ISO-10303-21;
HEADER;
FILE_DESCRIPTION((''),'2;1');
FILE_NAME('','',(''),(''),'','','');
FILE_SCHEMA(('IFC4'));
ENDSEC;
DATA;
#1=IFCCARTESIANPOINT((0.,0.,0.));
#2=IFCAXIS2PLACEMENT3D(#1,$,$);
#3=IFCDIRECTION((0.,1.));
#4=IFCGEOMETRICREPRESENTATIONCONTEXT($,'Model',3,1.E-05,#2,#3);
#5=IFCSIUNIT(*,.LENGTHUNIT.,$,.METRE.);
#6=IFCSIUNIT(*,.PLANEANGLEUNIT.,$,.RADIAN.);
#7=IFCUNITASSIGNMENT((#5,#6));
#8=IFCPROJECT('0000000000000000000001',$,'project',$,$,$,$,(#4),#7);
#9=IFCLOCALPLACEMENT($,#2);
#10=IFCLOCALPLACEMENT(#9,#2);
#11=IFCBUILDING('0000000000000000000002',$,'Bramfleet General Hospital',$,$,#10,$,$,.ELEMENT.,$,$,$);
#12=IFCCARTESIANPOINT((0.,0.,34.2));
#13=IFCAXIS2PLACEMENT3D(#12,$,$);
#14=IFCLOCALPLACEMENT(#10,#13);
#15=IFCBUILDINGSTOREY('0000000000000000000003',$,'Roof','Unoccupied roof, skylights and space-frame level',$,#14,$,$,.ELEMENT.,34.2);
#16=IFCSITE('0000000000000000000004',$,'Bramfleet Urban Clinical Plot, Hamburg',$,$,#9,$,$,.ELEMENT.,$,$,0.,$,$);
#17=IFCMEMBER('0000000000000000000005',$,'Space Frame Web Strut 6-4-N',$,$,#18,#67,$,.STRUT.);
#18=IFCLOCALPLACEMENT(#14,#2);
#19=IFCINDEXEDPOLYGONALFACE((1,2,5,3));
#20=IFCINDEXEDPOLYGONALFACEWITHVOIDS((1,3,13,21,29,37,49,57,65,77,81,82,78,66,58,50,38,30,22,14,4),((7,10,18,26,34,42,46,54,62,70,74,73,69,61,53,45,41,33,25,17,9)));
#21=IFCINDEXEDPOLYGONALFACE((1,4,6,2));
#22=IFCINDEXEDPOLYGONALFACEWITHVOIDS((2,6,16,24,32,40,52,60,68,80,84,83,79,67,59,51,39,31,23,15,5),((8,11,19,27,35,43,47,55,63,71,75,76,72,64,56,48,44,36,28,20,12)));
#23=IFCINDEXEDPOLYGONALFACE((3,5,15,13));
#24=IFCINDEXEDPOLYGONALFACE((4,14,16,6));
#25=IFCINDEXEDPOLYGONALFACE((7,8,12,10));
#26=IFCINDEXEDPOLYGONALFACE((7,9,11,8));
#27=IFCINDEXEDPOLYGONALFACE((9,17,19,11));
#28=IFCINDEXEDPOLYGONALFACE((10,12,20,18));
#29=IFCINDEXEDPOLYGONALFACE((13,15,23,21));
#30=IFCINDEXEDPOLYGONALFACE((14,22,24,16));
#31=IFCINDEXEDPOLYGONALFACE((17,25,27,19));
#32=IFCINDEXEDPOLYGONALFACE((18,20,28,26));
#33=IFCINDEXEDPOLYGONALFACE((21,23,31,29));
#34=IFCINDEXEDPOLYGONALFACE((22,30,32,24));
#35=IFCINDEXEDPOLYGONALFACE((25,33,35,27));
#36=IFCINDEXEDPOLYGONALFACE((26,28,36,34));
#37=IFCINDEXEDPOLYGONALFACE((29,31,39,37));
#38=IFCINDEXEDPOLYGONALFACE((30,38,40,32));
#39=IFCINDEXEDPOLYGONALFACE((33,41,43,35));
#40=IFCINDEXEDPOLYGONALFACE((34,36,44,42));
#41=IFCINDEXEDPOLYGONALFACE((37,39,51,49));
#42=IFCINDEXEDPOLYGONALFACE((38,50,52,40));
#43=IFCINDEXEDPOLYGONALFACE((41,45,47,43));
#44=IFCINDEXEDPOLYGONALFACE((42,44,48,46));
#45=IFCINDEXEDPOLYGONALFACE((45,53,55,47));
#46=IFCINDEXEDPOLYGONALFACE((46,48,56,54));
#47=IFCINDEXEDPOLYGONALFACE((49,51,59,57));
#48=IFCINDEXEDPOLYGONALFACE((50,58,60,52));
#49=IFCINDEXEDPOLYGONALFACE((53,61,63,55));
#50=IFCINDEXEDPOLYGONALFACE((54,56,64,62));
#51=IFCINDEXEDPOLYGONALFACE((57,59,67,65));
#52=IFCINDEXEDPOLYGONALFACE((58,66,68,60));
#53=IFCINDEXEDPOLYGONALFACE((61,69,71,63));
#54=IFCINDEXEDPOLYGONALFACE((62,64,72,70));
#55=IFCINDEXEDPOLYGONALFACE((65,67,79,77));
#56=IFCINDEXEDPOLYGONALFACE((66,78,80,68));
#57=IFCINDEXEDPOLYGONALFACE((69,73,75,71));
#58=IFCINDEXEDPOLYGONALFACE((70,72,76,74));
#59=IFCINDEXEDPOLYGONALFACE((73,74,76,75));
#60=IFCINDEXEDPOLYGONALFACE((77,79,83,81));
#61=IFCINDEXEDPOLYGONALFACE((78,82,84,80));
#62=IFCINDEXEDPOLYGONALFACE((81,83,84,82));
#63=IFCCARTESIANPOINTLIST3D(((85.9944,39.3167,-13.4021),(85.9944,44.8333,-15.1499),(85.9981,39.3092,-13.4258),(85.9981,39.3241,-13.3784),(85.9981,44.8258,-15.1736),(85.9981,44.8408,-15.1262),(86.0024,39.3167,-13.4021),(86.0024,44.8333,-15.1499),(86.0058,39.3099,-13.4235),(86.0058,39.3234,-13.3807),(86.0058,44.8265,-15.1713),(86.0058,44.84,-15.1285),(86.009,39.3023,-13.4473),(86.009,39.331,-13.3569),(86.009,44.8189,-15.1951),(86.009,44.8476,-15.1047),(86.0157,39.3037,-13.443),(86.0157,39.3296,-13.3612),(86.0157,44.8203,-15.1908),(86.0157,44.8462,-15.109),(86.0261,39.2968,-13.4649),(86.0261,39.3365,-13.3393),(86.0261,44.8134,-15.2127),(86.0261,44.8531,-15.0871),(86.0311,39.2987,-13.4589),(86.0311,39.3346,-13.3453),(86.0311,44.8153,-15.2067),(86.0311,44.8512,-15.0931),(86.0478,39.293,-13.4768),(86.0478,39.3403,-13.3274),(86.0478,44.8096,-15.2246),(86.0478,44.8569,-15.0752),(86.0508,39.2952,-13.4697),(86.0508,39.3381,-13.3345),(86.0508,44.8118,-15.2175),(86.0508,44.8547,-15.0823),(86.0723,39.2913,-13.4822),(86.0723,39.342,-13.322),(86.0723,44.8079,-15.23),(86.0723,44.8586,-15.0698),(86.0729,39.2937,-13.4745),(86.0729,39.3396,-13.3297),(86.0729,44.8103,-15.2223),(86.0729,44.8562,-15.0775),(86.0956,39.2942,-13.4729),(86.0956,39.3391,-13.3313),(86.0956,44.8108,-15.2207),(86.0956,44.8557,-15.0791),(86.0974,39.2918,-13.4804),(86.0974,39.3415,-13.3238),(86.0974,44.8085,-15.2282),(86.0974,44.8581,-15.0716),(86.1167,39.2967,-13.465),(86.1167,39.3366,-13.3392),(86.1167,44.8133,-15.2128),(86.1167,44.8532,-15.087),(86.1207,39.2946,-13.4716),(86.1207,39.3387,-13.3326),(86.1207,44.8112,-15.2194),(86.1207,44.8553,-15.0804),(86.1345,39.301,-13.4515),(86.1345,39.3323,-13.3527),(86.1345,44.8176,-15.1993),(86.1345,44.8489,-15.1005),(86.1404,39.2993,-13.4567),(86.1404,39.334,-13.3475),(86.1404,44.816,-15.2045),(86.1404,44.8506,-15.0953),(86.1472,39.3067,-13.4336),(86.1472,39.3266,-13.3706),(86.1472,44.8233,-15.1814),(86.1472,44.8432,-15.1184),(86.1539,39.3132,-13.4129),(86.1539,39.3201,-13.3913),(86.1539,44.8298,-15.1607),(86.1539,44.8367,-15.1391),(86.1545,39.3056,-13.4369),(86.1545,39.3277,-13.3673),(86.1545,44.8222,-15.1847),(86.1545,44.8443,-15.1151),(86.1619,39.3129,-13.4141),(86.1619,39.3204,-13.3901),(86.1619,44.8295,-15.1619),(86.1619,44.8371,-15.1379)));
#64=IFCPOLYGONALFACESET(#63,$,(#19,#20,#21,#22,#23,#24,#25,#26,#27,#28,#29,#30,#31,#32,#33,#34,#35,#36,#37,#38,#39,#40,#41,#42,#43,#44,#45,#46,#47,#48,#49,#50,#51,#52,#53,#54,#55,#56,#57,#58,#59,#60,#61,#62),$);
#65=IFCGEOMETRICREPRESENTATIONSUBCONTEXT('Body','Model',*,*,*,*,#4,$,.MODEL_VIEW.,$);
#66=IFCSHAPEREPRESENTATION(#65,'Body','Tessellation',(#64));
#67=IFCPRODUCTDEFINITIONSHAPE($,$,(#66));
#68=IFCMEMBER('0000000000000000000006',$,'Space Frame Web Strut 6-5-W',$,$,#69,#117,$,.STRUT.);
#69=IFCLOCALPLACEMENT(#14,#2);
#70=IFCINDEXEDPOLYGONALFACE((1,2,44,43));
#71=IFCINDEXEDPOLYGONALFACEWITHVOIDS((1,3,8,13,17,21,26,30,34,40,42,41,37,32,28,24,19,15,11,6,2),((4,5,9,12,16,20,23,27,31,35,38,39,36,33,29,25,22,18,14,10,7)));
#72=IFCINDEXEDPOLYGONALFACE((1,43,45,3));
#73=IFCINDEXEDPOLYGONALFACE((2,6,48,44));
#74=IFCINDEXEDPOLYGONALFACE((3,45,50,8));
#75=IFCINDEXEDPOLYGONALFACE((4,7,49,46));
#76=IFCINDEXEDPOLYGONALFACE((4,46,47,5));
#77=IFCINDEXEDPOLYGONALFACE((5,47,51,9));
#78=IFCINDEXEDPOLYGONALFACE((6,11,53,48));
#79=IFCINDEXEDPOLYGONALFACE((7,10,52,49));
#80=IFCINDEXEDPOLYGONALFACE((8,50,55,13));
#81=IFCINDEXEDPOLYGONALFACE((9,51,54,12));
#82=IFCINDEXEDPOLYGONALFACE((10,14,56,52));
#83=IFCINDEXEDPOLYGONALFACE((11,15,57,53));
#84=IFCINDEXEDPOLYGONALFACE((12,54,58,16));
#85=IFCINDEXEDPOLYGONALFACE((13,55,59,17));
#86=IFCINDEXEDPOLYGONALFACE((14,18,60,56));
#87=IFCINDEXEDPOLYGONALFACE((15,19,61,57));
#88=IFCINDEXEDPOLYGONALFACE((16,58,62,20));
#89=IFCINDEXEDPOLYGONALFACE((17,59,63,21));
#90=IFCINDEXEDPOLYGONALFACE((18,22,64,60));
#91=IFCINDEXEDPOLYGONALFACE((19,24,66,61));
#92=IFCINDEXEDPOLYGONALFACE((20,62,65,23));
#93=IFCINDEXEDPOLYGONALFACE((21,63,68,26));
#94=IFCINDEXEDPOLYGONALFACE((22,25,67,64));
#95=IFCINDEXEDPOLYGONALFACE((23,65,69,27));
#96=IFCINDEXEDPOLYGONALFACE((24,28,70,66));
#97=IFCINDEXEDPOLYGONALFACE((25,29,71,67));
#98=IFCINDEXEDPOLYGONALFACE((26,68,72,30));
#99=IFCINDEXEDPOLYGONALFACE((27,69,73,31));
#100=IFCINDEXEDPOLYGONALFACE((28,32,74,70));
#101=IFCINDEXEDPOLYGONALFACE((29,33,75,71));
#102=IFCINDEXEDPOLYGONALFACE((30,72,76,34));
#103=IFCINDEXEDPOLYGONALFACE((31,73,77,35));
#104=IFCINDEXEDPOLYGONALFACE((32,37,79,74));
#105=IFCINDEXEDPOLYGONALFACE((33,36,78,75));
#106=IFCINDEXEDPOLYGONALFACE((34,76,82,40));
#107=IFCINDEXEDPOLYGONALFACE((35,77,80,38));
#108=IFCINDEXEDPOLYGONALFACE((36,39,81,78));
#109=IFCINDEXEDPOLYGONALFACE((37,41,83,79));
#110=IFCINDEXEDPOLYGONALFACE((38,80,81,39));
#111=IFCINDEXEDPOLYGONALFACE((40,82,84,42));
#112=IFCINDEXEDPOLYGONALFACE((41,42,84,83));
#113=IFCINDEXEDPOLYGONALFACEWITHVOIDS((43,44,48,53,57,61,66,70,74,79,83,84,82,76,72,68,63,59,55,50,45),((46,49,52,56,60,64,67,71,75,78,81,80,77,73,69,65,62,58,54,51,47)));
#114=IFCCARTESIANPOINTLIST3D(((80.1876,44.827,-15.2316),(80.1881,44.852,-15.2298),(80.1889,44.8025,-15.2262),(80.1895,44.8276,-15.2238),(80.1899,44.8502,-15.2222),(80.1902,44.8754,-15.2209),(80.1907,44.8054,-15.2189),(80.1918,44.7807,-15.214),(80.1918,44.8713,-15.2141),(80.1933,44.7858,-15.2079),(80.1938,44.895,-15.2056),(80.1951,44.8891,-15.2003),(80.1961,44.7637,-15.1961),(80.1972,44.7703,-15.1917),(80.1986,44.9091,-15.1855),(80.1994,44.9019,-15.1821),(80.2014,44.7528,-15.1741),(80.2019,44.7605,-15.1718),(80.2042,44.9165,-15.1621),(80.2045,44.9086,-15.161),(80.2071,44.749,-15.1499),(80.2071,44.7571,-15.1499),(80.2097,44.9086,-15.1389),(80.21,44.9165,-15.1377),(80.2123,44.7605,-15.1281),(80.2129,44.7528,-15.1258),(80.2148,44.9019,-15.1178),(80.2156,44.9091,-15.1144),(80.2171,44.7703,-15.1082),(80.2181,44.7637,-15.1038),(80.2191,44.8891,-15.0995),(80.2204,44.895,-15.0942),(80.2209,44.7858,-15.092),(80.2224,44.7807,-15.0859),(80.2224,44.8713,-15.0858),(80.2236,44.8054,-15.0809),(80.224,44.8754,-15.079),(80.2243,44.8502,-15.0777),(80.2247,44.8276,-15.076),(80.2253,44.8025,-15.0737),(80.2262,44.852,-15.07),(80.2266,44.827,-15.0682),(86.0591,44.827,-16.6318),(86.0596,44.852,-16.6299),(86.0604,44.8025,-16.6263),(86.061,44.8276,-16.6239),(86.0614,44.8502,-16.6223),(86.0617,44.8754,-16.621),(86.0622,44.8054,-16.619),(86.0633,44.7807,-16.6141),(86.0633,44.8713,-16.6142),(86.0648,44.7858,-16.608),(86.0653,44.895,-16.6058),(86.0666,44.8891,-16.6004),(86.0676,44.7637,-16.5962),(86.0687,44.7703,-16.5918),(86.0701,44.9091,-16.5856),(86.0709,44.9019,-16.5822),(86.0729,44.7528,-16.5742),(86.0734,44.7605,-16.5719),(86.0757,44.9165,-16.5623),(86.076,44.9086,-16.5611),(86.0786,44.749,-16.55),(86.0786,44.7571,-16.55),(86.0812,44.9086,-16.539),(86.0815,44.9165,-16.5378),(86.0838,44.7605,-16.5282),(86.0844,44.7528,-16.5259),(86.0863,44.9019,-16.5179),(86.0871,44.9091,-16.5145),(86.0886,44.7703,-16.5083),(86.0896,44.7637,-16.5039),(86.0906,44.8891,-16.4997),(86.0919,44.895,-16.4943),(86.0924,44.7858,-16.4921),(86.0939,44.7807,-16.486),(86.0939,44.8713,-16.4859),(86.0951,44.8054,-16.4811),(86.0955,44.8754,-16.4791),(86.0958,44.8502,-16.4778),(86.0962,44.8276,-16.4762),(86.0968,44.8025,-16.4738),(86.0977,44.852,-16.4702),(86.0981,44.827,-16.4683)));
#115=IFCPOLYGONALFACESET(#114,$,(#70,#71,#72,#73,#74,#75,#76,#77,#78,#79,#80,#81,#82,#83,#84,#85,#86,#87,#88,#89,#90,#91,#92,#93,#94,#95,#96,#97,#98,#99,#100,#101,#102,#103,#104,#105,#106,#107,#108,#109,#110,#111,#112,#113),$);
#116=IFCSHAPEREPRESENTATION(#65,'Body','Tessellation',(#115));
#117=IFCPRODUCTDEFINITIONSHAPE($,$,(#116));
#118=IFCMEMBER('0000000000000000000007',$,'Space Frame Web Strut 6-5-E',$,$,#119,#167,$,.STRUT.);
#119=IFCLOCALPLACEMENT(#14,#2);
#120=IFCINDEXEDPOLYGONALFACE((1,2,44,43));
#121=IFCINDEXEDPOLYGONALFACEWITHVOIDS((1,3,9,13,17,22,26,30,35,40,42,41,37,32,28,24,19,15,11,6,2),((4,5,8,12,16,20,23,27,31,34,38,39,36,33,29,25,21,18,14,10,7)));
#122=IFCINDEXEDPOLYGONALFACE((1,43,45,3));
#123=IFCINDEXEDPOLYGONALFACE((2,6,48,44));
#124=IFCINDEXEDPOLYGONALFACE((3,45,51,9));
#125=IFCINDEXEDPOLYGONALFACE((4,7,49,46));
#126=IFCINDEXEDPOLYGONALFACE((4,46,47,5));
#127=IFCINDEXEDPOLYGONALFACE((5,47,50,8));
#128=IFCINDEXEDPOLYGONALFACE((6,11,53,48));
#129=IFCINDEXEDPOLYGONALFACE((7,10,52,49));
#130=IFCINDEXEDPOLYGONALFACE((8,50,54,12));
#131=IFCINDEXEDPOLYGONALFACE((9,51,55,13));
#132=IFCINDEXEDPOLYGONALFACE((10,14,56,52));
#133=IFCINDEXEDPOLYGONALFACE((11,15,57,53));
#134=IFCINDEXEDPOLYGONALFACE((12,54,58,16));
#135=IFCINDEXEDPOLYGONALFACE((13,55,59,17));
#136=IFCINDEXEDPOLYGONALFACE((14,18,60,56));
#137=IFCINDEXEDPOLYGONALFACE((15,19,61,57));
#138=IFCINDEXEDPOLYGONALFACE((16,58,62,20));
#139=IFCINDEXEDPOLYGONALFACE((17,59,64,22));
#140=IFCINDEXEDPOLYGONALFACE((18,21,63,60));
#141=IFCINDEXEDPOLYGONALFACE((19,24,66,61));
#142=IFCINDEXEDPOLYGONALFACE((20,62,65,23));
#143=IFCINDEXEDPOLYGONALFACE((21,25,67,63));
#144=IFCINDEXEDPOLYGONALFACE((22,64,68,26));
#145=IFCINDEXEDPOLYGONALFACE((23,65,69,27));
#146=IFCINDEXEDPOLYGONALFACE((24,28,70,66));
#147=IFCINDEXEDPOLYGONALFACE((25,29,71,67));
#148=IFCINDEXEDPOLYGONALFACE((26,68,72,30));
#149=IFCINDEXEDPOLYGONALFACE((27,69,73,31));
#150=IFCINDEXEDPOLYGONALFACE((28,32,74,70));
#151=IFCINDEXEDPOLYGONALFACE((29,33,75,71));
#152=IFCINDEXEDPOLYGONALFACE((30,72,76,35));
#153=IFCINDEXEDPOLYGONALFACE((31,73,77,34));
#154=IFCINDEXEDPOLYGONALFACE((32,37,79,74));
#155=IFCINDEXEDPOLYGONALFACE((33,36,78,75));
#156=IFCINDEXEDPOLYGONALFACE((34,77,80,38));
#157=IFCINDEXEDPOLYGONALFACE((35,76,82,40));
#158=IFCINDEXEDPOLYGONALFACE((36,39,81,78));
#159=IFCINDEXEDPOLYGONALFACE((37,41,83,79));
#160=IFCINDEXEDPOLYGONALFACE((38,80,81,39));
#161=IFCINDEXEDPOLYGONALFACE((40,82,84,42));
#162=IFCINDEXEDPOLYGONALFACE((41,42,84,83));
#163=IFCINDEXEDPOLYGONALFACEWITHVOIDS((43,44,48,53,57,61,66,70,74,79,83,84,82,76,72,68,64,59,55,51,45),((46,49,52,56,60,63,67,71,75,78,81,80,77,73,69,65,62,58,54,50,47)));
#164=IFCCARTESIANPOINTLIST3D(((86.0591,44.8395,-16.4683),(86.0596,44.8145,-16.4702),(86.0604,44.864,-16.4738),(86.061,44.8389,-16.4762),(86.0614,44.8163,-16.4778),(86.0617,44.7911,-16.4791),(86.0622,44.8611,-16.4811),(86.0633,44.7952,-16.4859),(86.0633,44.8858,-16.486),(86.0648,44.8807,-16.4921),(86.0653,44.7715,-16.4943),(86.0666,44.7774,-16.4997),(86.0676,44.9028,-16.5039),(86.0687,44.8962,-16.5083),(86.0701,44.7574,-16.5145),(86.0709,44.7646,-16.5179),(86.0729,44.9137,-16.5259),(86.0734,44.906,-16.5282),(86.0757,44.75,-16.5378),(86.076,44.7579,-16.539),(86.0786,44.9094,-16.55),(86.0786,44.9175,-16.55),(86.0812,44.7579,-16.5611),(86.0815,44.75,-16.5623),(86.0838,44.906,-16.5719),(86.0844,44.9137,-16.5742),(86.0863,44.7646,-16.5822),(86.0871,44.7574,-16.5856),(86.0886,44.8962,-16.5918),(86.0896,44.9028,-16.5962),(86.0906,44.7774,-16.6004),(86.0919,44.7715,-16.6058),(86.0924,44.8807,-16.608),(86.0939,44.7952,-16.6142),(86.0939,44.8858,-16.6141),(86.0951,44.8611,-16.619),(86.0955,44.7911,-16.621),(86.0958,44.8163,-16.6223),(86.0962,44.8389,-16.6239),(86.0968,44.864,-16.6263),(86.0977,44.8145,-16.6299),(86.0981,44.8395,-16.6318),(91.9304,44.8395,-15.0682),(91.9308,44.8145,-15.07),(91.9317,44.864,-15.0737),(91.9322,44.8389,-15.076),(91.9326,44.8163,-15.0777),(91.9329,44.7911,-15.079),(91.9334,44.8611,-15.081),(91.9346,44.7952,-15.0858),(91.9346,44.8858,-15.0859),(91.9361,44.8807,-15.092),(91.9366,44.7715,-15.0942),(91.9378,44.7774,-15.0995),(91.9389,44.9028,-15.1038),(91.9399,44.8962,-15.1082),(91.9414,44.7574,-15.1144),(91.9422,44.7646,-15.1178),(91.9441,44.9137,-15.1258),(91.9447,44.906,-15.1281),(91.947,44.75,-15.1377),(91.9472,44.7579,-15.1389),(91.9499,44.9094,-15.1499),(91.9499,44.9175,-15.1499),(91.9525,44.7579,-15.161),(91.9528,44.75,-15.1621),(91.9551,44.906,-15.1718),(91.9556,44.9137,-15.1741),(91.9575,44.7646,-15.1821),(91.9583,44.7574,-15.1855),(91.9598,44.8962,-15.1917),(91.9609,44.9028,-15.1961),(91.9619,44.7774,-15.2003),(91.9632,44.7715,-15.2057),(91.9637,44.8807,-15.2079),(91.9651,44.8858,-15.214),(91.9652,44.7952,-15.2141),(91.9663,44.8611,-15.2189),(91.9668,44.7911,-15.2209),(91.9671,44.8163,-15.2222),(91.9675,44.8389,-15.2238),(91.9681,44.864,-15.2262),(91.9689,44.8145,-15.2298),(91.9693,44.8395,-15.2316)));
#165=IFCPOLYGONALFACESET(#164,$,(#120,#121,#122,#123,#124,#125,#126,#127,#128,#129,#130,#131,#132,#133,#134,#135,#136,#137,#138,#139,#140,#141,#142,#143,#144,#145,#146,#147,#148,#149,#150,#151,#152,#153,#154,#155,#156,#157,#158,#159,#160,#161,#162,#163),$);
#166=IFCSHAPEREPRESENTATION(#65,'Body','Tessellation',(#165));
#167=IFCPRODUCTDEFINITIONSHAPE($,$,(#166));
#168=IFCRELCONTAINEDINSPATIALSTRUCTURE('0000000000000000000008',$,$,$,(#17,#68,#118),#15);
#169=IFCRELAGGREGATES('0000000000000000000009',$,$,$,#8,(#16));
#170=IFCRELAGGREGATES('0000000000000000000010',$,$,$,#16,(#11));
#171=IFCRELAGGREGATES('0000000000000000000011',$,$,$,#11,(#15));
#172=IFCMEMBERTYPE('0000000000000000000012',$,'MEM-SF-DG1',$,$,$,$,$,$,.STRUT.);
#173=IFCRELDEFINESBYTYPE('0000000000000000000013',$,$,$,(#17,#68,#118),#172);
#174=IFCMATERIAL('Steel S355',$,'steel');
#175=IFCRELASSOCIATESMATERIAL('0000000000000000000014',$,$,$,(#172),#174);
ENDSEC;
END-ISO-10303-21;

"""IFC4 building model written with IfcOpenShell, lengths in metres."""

from ifc_helpers import new_model, si_unit, direction, frame, origin, origin_2d, place, context, subcontext, project, spatial, hollow_circle, extrude, material, material_profile, profile_set, type_object, element, save


model = new_model("IFC4")

# Units and contexts
model_context = context("Model", 3, precision=1e-05, world=origin(), true_north=direction((0.0, 1.0)))
body_context = subcontext(model_context, "Body", "Model", "MODEL_VIEW")
ifc_project = project(units=[si_unit("LENGTHUNIT", "METRE"), si_unit("PLANEANGLEUNIT", "RADIAN")], contexts=[model_context])

# Site, building, storey
site_placement = place(None, origin())
site = spatial("IfcSite", under=ifc_project, at=site_placement, Name="Bramfleet Urban Clinical Plot, Hamburg", CompositionType="ELEMENT", RefElevation=0.0)
building_placement = place(site_placement, origin())
building = spatial("IfcBuilding", under=site, at=building_placement, Name="Bramfleet General Hospital", CompositionType="ELEMENT")
storey_placement = place(building_placement, frame((0.0, 0.0, 34.2)))
storey = spatial("IfcBuildingStorey", under=building, at=storey_placement, Name="Roof", Description="Unoccupied roof, skylights and space-frame level", CompositionType="ELEMENT", Elevation=34.2)

# Members
ifc_material = material(Name="Steel S355", Category="steel")
ifc_material_profile_1 = material_profile(ifc_material, hollow_circle(Radius=0.0842, WallThickness=0.0081, at=origin_2d()), Name="CHS 168.3x8.0")
ifc_profile_set_1 = profile_set([ifc_material_profile_1], Name="Steel S355")
member_type_1 = type_object("IfcMemberType", Name="MEM-SF-DG1", PredefinedType="STRUT", material=ifc_profile_set_1)
member_1_placement = place(storey_placement, frame((86.0786, 39.3167, -13.4021), z_axis=(0.0, 0.953299, -0.30203), x_axis=(-1.0, 0.0, 0.0)))
element("IfcMember", 1, at=member_1_placement, inside=storey, type_object=member_type_1, Name="Space Frame Web Strut 6-4-N", PredefinedType="STRUT", context=body_context, shape_type="SweptSolid", body=[
    extrude(hollow_circle(Radius=0.0842, WallThickness=0.0081, at=origin_2d()), origin(), (0.0, 0.0, 1.0), 5.7869),
])
member_2_placement = place(storey_placement, frame((86.0786, 44.8333, -16.55), z_axis=(-0.972726, 0.0, 0.231958), x_axis=(0.0, -1.0, 0.0)))
element("IfcMember", 2, at=member_2_placement, inside=storey, type_object=member_type_1, Name="Space Frame Web Strut 6-5-W", PredefinedType="STRUT", context=body_context, shape_type="SweptSolid", body=[
    extrude(hollow_circle(Radius=0.0842, WallThickness=0.0081, at=origin_2d()), origin(), (0.0, 0.0, 1.0), 6.0361),
])
member_3_placement = place(storey_placement, frame((86.0786, 44.8333, -16.55), z_axis=(0.972724, 0.0, 0.231967), x_axis=(0.0, 1.0, 0.0)))
element("IfcMember", 3, at=member_3_placement, inside=storey, type_object=member_type_1, Name="Space Frame Web Strut 6-5-E", PredefinedType="STRUT", context=body_context, shape_type="SweptSolid", body=[
    extrude(hollow_circle(Radius=0.0842, WallThickness=0.0081, at=origin_2d()), origin(), (0.0, 0.0, 1.0), 6.0359),
])

save(model, "model.ifc")
